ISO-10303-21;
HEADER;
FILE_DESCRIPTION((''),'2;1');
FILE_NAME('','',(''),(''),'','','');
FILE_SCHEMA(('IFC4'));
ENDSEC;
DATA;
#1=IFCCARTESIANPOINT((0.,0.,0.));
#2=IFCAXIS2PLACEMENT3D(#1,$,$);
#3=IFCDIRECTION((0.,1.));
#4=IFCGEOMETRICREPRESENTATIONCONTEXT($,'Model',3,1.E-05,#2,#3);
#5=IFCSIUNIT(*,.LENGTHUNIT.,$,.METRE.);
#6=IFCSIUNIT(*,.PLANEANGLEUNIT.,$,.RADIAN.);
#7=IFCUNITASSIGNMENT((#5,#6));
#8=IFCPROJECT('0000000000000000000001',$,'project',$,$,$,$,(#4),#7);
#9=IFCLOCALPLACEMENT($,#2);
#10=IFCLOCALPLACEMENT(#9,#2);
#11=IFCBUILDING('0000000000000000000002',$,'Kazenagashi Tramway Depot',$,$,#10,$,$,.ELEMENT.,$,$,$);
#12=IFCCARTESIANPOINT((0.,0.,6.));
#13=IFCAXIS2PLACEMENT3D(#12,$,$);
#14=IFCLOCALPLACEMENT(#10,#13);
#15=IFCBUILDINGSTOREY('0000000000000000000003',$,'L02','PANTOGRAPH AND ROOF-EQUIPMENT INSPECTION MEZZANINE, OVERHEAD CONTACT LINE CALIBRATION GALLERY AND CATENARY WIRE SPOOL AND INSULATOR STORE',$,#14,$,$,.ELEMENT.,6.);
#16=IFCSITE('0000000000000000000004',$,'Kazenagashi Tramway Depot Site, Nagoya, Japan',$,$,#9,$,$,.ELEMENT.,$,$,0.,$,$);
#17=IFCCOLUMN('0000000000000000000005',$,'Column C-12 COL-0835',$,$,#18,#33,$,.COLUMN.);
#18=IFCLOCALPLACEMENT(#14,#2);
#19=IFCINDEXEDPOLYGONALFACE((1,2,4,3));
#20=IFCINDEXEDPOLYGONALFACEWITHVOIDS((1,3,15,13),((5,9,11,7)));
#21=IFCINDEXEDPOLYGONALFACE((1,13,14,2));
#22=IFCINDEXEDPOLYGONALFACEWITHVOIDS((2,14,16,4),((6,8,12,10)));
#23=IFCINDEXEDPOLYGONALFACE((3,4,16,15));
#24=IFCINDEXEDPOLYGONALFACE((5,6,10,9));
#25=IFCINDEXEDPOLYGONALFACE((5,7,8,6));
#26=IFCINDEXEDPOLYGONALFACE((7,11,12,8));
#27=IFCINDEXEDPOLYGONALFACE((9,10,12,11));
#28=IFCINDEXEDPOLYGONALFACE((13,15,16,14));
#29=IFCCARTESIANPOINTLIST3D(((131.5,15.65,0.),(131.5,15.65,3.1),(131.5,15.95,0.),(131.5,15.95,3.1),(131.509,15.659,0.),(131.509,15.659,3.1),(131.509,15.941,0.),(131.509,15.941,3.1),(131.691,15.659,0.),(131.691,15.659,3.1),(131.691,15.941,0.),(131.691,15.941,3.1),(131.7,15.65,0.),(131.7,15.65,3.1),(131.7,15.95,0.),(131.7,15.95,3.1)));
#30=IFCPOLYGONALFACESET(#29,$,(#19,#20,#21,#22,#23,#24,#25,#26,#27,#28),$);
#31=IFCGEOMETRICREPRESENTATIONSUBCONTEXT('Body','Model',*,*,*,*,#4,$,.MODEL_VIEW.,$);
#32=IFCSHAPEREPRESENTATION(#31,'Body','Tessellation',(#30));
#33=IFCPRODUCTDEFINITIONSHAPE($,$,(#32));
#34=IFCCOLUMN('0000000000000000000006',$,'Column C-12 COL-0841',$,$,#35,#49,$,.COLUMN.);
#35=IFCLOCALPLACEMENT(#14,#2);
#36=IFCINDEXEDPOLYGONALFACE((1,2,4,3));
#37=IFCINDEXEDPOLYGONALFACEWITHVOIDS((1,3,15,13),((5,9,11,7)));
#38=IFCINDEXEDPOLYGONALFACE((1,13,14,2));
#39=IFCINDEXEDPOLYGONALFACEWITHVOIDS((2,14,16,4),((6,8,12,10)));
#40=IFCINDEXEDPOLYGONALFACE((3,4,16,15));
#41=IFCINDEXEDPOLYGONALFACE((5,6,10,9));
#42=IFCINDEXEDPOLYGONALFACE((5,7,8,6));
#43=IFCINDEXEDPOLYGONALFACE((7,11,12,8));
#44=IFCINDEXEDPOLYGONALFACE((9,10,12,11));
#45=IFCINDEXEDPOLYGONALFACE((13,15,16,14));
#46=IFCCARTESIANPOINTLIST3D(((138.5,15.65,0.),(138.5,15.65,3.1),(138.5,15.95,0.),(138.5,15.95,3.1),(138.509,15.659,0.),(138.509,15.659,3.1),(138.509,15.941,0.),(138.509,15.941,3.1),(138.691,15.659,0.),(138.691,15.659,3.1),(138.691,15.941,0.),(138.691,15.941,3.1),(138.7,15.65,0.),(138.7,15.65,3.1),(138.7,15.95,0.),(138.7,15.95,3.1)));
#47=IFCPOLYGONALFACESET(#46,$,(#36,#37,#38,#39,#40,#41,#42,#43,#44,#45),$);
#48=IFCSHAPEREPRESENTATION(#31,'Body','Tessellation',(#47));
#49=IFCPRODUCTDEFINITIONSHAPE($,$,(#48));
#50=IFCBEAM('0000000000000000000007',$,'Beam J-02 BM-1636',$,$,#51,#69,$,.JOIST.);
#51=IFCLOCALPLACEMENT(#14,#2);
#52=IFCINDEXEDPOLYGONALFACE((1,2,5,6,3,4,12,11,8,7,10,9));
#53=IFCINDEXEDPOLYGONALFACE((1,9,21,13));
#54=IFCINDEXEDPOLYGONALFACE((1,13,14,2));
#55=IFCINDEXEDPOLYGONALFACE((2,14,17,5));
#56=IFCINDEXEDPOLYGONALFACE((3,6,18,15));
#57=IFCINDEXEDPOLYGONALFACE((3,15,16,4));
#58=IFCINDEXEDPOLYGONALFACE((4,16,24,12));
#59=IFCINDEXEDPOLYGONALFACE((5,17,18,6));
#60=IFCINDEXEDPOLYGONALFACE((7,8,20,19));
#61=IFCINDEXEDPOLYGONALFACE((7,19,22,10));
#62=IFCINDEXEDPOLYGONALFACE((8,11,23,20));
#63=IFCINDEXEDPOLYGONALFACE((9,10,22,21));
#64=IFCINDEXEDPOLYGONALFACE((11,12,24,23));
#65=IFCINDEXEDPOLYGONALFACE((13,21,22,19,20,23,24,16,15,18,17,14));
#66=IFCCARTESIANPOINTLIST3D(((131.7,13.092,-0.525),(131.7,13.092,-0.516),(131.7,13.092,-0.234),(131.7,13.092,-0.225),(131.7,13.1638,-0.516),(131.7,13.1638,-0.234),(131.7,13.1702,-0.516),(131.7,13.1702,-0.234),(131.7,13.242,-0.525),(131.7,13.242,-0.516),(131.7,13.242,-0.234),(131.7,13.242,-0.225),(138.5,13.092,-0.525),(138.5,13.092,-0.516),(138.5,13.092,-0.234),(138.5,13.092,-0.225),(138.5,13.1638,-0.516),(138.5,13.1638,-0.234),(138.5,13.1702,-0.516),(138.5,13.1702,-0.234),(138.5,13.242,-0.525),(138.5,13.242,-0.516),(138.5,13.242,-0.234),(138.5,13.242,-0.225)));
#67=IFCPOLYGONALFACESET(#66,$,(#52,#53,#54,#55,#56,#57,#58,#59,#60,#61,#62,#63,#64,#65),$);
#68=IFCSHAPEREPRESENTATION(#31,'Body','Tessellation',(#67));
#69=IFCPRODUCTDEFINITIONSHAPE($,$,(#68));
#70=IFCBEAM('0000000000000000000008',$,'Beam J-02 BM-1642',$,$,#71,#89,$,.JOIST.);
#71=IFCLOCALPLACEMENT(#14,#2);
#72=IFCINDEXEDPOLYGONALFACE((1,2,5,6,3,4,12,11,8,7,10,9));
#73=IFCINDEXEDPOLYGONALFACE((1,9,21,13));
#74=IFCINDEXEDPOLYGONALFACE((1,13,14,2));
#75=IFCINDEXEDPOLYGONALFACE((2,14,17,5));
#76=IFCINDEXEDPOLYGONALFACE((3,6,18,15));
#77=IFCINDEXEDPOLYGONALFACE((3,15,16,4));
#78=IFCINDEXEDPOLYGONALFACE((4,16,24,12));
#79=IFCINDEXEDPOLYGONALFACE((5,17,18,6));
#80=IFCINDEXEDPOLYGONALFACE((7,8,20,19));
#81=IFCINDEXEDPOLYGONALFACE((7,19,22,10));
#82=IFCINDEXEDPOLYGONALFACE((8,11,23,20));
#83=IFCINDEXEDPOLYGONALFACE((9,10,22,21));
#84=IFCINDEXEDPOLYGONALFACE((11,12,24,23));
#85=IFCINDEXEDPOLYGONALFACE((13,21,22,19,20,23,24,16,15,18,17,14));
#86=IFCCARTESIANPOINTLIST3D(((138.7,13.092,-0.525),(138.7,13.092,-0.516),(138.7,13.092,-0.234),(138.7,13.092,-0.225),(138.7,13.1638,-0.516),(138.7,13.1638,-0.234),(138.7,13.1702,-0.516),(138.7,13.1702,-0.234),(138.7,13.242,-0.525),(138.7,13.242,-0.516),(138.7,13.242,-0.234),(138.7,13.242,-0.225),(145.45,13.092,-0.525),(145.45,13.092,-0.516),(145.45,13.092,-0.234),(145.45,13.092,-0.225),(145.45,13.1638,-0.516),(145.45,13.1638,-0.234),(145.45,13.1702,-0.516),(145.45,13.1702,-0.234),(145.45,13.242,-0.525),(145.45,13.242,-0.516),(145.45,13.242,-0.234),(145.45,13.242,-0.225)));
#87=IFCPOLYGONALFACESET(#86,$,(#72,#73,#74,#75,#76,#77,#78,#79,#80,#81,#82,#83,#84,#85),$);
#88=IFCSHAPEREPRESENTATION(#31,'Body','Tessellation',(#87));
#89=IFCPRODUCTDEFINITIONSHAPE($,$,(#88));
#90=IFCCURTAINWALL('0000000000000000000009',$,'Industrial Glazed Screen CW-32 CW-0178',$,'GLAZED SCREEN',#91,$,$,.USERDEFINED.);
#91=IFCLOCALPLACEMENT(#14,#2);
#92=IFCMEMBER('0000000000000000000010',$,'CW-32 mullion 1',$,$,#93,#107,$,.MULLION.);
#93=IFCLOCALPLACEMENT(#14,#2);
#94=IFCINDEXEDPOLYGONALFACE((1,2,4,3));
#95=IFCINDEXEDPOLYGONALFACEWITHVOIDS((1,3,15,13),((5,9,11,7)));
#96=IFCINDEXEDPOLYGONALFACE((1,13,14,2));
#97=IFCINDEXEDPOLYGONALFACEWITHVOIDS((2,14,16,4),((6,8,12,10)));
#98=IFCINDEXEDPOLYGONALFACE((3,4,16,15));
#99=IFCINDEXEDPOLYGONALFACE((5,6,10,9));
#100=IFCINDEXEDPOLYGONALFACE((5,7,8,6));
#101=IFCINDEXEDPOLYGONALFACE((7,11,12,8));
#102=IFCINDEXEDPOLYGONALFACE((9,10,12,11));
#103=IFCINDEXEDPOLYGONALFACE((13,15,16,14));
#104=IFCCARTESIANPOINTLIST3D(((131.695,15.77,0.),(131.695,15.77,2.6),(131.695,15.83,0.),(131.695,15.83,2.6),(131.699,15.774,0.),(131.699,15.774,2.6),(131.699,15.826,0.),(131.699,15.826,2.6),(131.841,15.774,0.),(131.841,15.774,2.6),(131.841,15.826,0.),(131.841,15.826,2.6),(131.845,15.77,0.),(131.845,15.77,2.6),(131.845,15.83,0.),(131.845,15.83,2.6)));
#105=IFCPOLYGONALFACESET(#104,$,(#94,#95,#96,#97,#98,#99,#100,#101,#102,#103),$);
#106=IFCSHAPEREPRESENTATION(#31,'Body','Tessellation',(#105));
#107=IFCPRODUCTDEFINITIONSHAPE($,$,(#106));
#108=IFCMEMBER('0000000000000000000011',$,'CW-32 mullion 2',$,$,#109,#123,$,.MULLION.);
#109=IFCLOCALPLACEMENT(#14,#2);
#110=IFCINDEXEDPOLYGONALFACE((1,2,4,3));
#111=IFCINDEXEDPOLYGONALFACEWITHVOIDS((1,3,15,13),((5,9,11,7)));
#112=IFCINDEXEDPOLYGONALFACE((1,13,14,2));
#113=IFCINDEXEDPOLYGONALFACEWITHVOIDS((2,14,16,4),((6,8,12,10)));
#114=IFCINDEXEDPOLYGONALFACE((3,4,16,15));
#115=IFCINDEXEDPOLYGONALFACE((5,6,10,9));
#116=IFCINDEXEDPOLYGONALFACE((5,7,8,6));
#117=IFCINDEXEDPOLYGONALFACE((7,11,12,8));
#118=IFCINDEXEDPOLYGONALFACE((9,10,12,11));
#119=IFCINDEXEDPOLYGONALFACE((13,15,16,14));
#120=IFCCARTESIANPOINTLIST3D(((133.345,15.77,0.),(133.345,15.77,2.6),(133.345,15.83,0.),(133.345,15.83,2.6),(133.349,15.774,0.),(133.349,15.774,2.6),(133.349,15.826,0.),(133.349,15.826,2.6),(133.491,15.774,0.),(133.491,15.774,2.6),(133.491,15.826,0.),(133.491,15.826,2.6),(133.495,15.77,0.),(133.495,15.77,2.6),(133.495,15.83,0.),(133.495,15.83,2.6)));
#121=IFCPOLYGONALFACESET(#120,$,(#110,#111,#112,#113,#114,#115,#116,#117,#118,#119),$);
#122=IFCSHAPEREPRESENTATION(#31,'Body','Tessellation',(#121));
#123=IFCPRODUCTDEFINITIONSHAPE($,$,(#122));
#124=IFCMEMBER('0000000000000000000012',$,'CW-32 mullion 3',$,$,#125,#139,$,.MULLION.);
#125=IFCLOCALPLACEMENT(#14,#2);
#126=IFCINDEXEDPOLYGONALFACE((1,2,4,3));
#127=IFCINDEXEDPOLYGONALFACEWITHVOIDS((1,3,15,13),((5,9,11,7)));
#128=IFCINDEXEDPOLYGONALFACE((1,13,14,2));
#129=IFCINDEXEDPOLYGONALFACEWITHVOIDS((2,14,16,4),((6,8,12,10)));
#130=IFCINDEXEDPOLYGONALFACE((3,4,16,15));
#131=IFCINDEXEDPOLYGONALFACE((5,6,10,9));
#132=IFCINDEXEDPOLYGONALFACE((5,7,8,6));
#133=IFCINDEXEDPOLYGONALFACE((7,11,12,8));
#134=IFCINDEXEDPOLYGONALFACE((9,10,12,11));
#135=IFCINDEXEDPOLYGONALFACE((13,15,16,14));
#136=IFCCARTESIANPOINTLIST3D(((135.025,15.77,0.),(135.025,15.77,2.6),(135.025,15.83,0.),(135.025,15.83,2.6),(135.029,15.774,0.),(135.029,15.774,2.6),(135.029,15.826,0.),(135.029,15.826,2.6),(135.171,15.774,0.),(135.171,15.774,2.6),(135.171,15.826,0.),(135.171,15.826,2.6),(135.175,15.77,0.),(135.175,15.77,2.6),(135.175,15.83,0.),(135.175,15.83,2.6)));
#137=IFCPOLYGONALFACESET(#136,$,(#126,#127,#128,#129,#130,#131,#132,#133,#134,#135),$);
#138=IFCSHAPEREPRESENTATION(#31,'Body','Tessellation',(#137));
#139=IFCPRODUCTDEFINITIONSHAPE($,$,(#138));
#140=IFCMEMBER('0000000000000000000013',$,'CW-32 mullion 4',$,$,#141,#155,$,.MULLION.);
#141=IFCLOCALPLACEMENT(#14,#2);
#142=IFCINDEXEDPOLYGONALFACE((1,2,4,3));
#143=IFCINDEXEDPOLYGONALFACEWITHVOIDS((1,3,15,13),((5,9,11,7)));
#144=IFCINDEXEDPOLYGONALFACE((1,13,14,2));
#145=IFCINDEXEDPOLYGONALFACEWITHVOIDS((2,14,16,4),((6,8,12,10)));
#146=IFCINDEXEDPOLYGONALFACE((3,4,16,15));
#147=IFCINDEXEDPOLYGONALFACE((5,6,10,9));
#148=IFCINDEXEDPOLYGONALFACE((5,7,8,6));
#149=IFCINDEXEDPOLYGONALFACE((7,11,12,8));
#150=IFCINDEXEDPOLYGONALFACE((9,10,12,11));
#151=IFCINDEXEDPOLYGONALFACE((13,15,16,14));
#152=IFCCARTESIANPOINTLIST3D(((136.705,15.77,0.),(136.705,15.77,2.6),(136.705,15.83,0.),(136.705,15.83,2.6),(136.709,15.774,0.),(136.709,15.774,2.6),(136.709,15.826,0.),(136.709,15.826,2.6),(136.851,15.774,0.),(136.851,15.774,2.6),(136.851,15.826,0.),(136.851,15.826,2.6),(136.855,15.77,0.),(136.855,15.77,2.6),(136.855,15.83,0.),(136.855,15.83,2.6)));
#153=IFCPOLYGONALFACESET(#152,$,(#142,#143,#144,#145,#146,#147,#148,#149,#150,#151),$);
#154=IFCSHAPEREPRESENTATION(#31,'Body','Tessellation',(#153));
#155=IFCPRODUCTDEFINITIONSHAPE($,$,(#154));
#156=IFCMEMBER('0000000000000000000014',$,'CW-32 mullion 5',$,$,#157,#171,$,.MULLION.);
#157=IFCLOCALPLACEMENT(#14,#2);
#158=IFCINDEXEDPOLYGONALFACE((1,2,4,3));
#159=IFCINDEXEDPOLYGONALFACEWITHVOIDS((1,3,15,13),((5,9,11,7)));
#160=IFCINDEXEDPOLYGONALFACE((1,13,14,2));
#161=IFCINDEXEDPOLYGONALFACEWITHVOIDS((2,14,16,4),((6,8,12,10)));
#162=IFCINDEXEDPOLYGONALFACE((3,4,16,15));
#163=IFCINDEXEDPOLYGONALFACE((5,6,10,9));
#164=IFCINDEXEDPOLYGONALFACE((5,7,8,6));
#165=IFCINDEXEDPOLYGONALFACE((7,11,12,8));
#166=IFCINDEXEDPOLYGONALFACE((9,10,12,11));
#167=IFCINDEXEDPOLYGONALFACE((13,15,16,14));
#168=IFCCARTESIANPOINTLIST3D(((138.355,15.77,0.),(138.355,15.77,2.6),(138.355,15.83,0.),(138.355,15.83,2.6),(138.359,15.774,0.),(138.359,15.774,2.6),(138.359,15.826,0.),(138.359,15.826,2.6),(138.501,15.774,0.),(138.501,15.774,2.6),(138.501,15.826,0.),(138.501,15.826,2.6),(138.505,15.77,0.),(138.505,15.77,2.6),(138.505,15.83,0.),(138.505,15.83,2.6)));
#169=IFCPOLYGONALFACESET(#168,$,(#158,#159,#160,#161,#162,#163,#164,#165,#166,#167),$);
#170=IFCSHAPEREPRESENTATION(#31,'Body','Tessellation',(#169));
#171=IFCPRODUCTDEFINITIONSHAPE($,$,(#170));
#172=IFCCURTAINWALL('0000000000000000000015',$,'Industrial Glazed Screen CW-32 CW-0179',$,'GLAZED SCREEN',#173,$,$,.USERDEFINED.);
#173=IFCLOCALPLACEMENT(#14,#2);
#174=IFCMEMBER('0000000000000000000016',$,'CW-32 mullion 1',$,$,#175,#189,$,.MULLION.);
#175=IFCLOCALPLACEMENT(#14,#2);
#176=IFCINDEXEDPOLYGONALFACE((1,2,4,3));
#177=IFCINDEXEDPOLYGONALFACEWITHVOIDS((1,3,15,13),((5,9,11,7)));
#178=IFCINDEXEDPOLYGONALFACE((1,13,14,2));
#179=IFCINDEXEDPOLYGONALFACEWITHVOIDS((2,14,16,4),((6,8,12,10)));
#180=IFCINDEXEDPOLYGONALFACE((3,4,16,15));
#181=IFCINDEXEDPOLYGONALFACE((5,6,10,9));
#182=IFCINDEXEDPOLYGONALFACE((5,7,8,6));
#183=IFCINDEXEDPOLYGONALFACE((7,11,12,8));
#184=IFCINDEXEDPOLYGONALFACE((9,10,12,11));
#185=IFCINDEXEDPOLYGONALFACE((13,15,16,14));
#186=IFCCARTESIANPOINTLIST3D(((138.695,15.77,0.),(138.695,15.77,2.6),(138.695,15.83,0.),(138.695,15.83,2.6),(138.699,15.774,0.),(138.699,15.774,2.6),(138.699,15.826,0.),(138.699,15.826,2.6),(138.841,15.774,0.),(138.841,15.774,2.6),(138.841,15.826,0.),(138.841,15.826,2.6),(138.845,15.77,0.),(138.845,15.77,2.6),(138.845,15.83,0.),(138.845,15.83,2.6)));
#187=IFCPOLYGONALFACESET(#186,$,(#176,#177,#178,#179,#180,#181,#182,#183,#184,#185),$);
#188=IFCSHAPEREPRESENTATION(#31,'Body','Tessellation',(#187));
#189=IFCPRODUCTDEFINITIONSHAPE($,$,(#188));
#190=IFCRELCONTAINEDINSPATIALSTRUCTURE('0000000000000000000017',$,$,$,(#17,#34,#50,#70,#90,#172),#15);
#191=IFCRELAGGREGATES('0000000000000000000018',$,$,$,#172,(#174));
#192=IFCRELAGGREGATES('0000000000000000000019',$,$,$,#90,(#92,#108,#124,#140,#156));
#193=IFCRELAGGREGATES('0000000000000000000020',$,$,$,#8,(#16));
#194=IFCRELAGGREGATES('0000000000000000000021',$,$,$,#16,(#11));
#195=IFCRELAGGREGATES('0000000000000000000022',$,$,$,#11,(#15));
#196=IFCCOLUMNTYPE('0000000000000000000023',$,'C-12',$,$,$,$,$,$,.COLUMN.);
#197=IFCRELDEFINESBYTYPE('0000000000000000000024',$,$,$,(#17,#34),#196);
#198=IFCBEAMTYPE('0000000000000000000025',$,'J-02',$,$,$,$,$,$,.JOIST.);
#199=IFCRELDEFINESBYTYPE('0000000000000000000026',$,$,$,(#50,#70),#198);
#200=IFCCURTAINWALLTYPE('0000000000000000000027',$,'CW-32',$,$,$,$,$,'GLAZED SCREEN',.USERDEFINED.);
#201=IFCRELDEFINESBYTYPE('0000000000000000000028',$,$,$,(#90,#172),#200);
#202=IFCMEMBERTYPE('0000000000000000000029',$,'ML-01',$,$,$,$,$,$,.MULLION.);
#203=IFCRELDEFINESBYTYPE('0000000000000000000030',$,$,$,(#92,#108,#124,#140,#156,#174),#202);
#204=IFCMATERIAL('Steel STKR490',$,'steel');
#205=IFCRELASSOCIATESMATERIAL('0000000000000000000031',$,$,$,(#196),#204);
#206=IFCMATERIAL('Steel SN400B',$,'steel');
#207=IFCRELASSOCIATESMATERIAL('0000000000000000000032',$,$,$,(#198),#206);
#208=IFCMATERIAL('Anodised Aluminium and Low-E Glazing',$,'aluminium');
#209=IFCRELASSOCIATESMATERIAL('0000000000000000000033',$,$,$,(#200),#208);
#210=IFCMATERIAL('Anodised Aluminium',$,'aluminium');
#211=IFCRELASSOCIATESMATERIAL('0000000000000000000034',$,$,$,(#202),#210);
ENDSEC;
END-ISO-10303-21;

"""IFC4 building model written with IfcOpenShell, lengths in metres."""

from ifc_helpers import new_model, si_unit, direction, frame, origin, origin_2d, place, context, subcontext, project, spatial, hollow_rectangle, i_section, extrude, material, material_profile, profile_set, type_object, element, aggregate, save


model = new_model("IFC4")

# Units and contexts
model_context = context("Model", 3, precision=1e-05, world=origin(), true_north=direction((0.0, 1.0)))
body_context = subcontext(model_context, "Body", "Model", "MODEL_VIEW")
ifc_project = project(units=[si_unit("LENGTHUNIT", "METRE"), si_unit("PLANEANGLEUNIT", "RADIAN")], contexts=[model_context])

# Site, building, storey
site_placement = place(None, origin())
site = spatial("IfcSite", under=ifc_project, at=site_placement, Name="Kazenagashi Tramway Depot Site, Nagoya, Japan", CompositionType="ELEMENT", RefElevation=0.0)
building_placement = place(site_placement, origin())
building = spatial("IfcBuilding", under=site, at=building_placement, Name="Kazenagashi Tramway Depot", CompositionType="ELEMENT")
storey_placement = place(building_placement, frame((0.0, 0.0, 6.0)))
storey = spatial("IfcBuildingStorey", under=building, at=storey_placement, Name="L02", Description="PANTOGRAPH AND ROOF-EQUIPMENT INSPECTION MEZZANINE, OVERHEAD CONTACT LINE CALIBRATION GALLERY AND CATENARY WIRE SPOOL AND INSULATOR STORE", CompositionType="ELEMENT", Elevation=6.0)

# Columns
ifc_material_1 = material(Name="Steel STKR490", Category="steel")
ifc_material_profile_1 = material_profile(ifc_material_1, hollow_rectangle(XDim=0.2, YDim=0.3, WallThickness=0.009, at=origin_2d()), Name="RHS-300x200x9")
ifc_profile_set_1 = profile_set([ifc_material_profile_1], Name="Steel STKR490")
column_type = type_object("IfcColumnType", Name="C-12", PredefinedType="COLUMN", material=ifc_profile_set_1)
for number, where, z_axis, x_axis, name in (
    (1, (131.6, 15.8, 0.0), (0.0, 0.0, 1.0), (1.0, 0.0, 0.0), "Column C-12 COL-0835"),
    (2, (138.6, 15.8, 0.0), (0.0, 0.0, 1.0), (1.0, 0.0, 0.0), "Column C-12 COL-0841"),
):
    element("IfcColumn", number, at=place(storey_placement, frame(where, z_axis=z_axis, x_axis=x_axis)), inside=storey, type_object=column_type, Name=name, PredefinedType="COLUMN", context=body_context, shape_type="SweptSolid", body=[
        extrude(hollow_rectangle(XDim=0.2, YDim=0.3, WallThickness=0.009, at=origin_2d()), origin(), (0.0, 0.0, 1.0), 3.1),
    ])

# Beams
ifc_material_2 = material(Name="Steel SN400B", Category="steel")
ifc_material_profile_2 = material_profile(ifc_material_2, i_section(OverallWidth=0.15, OverallDepth=0.3, WebThickness=0.0065, FlangeThickness=0.009, at=origin_2d()), Name="H-300x150x6.5x9")
ifc_profile_set_2 = profile_set([ifc_material_profile_2], Name="Steel SN400B")
beam_type_1 = type_object("IfcBeamType", Name="J-02", PredefinedType="JOIST", material=ifc_profile_set_2)
beam_1_placement = place(storey_placement, frame((131.7, 13.167, -0.375), z_axis=(1.0, 0.0, 0.0), x_axis=(0.0, 1.0, 0.0)))
element("IfcBeam", 3, at=beam_1_placement, inside=storey, type_object=beam_type_1, Name="Beam J-02 BM-1636", PredefinedType="JOIST", context=body_context, shape_type="SweptSolid", body=[
    extrude(i_section(OverallWidth=0.15, OverallDepth=0.3, WebThickness=0.0065, FlangeThickness=0.009, at=origin_2d()), origin(), (0.0, 0.0, 1.0), 6.8),
])
beam_2_placement = place(storey_placement, frame((138.7, 13.167, -0.375), z_axis=(1.0, 0.0, 0.0), x_axis=(0.0, 1.0, 0.0)))
element("IfcBeam", 4, at=beam_2_placement, inside=storey, type_object=beam_type_1, Name="Beam J-02 BM-1642", PredefinedType="JOIST", context=body_context, shape_type="SweptSolid", body=[
    extrude(i_section(OverallWidth=0.15, OverallDepth=0.3, WebThickness=0.0065, FlangeThickness=0.009, at=origin_2d()), origin(), (0.0, 0.0, 1.0), 6.75),
])

# Curtain wall, members
ifc_material_3 = material(Name="Anodised Aluminium and Low-E Glazing", Category="aluminium")
curtain_wall_type = type_object("IfcCurtainWallType", Name="CW-32", ElementType="GLAZED SCREEN", PredefinedType="USERDEFINED", material=ifc_material_3)
curtain_wall_1_placement = place(storey_placement, origin())
curtain_wall_1 = element("IfcCurtainWall", 5, at=curtain_wall_1_placement, inside=storey, type_object=curtain_wall_type, Name="Industrial Glazed Screen CW-32 CW-0178", ObjectType="GLAZED SCREEN", PredefinedType="USERDEFINED")
ifc_material_4 = material(Name="Anodised Aluminium", Category="aluminium")
ifc_material_profile_3 = material_profile(ifc_material_4, hollow_rectangle(XDim=0.06, YDim=0.15, WallThickness=0.004, at=origin_2d()), Name="RHS-150x60x4")
ifc_profile_set_3 = profile_set([ifc_material_profile_3], Name="Anodised Aluminium")
member_type_1 = type_object("IfcMemberType", Name="ML-01", PredefinedType="MULLION", material=ifc_profile_set_3)
member_1_placement = place(storey_placement, frame((131.77, 15.8, 0.0), z_axis=(0.0, 0.0, 1.0), x_axis=(0.0, 1.0, 0.0)))
member_1 = element("IfcMember", 6, at=member_1_placement, type_object=member_type_1, Name="CW-32 mullion 1", PredefinedType="MULLION", context=body_context, shape_type="SweptSolid", body=[
    extrude(hollow_rectangle(XDim=0.06, YDim=0.15, WallThickness=0.004, at=origin_2d()), origin(), (0.0, 0.0, 1.0), 2.6),
])
member_2_placement = place(storey_placement, frame((133.42, 15.8, 0.0), z_axis=(0.0, 0.0, 1.0), x_axis=(0.0, 1.0, 0.0)))
member_2 = element("IfcMember", 7, at=member_2_placement, type_object=member_type_1, Name="CW-32 mullion 2", PredefinedType="MULLION", context=body_context, shape_type="SweptSolid", body=[
    extrude(hollow_rectangle(XDim=0.06, YDim=0.15, WallThickness=0.004, at=origin_2d()), origin(), (0.0, 0.0, 1.0), 2.6),
])
member_3_placement = place(storey_placement, frame((135.1, 15.8, 0.0), z_axis=(0.0, 0.0, 1.0), x_axis=(0.0, 1.0, 0.0)))
member_3 = element("IfcMember", 8, at=member_3_placement, type_object=member_type_1, Name="CW-32 mullion 3", PredefinedType="MULLION", context=body_context, shape_type="SweptSolid", body=[
    extrude(hollow_rectangle(XDim=0.06, YDim=0.15, WallThickness=0.004, at=origin_2d()), origin(), (0.0, 0.0, 1.0), 2.6),
])
member_4_placement = place(storey_placement, frame((136.78, 15.8, 0.0), z_axis=(0.0, 0.0, 1.0), x_axis=(0.0, 1.0, 0.0)))
member_4 = element("IfcMember", 9, at=member_4_placement, type_object=member_type_1, Name="CW-32 mullion 4", PredefinedType="MULLION", context=body_context, shape_type="SweptSolid", body=[
    extrude(hollow_rectangle(XDim=0.06, YDim=0.15, WallThickness=0.004, at=origin_2d()), origin(), (0.0, 0.0, 1.0), 2.6),
])
member_5_placement = place(storey_placement, frame((138.43, 15.8, 0.0), z_axis=(0.0, 0.0, 1.0), x_axis=(0.0, 1.0, 0.0)))
member_5 = element("IfcMember", 10, at=member_5_placement, type_object=member_type_1, Name="CW-32 mullion 5", PredefinedType="MULLION", context=body_context, shape_type="SweptSolid", body=[
    extrude(hollow_rectangle(XDim=0.06, YDim=0.15, WallThickness=0.004, at=origin_2d()), origin(), (0.0, 0.0, 1.0), 2.6),
])

# Curtain wall, member
curtain_wall_2_placement = place(storey_placement, origin())
curtain_wall_2 = element("IfcCurtainWall", 11, at=curtain_wall_2_placement, inside=storey, type_object=curtain_wall_type, Name="Industrial Glazed Screen CW-32 CW-0179", ObjectType="GLAZED SCREEN", PredefinedType="USERDEFINED")
member_6_placement = place(storey_placement, frame((138.77, 15.8, 0.0), z_axis=(0.0, 0.0, 1.0), x_axis=(0.0, 1.0, 0.0)))
member_6 = element("IfcMember", 12, at=member_6_placement, type_object=member_type_1, Name="CW-32 mullion 1", PredefinedType="MULLION", context=body_context, shape_type="SweptSolid", body=[
    extrude(hollow_rectangle(XDim=0.06, YDim=0.15, WallThickness=0.004, at=origin_2d()), origin(), (0.0, 0.0, 1.0), 2.6),
])

aggregate(curtain_wall_2, [member_6])

aggregate(curtain_wall_1, [member_1, member_2, member_3, member_4, member_5])

save(model, "model.ifc")
